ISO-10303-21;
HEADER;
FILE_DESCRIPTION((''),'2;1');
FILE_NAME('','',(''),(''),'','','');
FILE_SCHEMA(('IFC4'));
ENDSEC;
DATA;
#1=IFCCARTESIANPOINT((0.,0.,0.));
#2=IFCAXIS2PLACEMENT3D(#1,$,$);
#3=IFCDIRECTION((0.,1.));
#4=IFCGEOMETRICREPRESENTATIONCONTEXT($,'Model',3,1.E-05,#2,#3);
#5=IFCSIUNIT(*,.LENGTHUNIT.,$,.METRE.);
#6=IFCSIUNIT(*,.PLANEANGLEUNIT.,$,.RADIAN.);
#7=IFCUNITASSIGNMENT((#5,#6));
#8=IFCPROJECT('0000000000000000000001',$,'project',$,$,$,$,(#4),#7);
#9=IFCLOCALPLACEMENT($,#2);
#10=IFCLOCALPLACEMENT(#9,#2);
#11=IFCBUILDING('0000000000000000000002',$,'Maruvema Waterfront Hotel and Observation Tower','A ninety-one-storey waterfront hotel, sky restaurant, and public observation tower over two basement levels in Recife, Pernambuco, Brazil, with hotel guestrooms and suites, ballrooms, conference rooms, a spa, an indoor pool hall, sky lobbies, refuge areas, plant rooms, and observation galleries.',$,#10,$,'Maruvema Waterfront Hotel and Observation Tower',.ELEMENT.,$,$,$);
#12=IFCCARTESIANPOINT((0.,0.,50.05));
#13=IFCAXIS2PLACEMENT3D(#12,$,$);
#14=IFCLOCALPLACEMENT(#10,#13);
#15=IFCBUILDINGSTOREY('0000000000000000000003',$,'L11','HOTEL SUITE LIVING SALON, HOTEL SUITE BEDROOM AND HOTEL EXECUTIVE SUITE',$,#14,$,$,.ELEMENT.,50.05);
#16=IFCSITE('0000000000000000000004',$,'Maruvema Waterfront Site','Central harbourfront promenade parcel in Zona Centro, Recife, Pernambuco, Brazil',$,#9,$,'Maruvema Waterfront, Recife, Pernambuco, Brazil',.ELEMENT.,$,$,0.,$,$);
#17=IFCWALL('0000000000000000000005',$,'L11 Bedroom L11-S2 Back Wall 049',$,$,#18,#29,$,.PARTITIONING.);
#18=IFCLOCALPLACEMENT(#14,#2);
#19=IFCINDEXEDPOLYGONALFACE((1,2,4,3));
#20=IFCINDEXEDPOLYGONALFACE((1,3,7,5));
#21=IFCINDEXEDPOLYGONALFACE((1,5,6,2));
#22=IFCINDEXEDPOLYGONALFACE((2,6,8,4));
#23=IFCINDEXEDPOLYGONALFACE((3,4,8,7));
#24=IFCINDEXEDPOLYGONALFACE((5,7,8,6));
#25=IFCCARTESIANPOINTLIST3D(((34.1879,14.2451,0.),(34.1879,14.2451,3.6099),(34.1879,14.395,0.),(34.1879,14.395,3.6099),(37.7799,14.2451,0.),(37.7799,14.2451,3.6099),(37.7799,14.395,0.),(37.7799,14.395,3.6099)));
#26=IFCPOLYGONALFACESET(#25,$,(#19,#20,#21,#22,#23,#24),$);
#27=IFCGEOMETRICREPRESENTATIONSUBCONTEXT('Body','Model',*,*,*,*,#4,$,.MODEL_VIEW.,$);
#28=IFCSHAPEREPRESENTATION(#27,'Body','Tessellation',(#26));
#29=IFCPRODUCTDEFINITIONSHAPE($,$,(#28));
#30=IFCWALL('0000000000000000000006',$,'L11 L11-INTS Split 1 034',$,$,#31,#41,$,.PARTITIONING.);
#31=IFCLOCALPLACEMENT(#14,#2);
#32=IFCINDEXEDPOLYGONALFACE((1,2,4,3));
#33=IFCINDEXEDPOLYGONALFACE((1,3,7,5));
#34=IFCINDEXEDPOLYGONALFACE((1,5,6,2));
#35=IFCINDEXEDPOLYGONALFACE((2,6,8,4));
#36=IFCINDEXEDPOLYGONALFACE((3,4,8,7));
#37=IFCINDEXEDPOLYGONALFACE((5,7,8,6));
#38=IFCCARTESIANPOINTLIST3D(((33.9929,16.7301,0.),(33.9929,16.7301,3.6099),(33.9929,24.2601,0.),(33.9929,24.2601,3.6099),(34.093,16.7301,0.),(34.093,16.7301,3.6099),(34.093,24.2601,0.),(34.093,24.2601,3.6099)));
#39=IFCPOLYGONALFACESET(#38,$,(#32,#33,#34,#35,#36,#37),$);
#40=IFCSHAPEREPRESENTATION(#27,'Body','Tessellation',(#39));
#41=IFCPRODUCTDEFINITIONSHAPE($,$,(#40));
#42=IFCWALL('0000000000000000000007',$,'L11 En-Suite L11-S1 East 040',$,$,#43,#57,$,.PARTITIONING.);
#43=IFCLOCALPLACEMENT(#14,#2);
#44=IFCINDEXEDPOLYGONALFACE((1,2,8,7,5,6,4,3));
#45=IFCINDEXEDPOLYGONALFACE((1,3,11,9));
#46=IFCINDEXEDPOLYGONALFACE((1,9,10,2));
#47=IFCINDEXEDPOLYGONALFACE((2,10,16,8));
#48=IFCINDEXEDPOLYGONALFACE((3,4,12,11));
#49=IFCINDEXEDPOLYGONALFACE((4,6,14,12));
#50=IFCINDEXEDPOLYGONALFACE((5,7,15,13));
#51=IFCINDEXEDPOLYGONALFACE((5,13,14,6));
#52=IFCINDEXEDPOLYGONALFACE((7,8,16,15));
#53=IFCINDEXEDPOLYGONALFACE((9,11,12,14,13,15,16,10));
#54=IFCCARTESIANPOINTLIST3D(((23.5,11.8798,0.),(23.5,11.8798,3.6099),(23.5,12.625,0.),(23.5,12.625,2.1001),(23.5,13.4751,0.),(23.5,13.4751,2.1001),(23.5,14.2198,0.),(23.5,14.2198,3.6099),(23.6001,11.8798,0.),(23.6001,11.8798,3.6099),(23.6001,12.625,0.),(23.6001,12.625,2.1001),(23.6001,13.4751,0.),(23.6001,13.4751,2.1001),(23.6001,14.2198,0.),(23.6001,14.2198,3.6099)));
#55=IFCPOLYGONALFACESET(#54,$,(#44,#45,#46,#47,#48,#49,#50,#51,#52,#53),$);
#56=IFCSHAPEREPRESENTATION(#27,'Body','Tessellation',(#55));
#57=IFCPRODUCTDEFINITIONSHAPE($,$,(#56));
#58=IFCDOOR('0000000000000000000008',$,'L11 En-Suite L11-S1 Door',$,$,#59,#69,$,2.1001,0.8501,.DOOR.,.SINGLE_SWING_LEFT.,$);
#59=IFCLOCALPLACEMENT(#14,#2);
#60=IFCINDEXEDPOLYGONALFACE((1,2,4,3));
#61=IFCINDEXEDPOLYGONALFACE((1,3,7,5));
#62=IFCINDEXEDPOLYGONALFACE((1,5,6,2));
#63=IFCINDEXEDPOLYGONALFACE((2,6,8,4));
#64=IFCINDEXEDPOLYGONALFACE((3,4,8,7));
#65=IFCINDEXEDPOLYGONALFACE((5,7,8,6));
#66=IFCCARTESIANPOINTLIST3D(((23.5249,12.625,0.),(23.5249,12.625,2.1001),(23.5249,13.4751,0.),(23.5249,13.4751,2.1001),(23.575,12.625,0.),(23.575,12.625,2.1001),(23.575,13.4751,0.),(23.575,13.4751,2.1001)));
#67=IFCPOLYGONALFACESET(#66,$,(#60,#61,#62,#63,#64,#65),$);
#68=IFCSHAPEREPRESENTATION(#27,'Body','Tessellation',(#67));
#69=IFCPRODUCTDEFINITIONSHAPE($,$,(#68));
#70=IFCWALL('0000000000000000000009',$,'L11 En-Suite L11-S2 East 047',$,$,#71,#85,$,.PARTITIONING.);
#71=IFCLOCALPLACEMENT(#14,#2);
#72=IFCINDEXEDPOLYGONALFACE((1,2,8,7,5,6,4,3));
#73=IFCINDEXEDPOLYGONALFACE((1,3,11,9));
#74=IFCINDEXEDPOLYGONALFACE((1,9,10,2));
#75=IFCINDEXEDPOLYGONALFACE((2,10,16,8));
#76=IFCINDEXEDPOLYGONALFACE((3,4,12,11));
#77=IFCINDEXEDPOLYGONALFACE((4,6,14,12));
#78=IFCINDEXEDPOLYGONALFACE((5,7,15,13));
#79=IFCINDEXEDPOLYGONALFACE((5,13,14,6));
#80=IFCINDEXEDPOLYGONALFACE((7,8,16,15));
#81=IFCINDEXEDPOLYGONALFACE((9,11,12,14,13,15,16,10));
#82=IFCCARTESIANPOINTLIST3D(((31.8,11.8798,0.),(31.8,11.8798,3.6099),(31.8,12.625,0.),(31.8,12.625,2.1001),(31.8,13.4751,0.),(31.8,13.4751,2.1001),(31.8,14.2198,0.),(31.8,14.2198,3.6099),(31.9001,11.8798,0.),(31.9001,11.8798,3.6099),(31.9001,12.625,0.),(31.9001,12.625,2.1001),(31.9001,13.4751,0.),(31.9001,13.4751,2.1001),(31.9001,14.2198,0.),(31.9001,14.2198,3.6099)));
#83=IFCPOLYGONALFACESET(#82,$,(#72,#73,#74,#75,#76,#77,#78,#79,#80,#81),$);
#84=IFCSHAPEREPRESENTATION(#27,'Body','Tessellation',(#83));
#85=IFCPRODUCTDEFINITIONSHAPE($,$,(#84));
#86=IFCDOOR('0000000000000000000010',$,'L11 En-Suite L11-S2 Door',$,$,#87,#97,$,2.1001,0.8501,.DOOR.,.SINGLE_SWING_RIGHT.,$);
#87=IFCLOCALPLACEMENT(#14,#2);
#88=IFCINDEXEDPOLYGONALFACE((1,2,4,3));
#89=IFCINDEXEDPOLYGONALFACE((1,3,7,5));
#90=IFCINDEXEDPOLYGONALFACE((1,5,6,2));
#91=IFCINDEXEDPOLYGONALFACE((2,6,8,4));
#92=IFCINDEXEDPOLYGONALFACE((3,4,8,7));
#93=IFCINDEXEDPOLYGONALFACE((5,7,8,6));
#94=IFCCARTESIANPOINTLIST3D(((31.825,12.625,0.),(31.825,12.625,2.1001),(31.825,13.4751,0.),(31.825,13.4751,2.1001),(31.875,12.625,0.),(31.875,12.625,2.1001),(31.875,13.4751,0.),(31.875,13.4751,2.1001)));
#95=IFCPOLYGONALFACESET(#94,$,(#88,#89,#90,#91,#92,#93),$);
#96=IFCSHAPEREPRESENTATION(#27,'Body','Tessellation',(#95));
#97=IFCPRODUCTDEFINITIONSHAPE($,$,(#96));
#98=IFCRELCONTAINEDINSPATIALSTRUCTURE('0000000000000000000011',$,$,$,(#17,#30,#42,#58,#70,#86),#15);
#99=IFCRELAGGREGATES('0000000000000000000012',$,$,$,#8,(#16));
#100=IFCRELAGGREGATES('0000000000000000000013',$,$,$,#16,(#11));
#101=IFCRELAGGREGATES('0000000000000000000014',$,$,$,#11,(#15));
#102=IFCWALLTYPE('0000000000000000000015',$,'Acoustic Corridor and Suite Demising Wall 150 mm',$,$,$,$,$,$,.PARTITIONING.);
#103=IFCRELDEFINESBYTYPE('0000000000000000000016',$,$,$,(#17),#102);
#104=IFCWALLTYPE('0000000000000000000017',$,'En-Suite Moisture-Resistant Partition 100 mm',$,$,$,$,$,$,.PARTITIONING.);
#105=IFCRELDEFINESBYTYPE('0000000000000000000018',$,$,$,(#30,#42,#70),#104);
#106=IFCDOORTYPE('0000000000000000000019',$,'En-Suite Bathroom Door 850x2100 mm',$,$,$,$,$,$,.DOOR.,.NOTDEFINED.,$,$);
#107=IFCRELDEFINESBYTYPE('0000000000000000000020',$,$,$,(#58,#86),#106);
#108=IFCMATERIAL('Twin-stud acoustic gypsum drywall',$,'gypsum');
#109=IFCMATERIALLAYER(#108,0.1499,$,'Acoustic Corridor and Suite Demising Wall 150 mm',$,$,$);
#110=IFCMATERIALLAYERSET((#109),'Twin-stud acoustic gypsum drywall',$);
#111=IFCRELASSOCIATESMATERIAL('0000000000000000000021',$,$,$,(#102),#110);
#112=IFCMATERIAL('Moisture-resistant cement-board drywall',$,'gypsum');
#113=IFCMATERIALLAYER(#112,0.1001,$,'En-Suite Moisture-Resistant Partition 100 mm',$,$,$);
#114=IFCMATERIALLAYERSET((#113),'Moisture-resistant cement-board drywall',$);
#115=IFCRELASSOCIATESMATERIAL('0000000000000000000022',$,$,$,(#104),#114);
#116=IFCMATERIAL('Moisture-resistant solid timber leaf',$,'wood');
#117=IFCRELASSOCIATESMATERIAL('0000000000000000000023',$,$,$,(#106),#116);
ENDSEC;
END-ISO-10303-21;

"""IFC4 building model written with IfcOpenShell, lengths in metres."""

from ifc_helpers import new_model, si_unit, direction, frame, frame_2d, origin, place, context, subcontext, project, spatial, rectangle, extrude, material, layer, layer_set, type_object, element, fill, save


model = new_model("IFC4")

# Units and contexts
model_context = context("Model", 3, precision=1e-05, world=origin(), true_north=direction((0.0, 1.0)))
body_context = subcontext(model_context, "Body", "Model", "MODEL_VIEW")
ifc_project = project(units=[si_unit("LENGTHUNIT", "METRE"), si_unit("PLANEANGLEUNIT", "RADIAN")], contexts=[model_context])

# Site, building, storey
site_placement = place(None, origin())
site = spatial("IfcSite", under=ifc_project, at=site_placement, Name="Maruvema Waterfront Site", Description="Central harbourfront promenade parcel in Zona Centro, Recife, Pernambuco, Brazil", LongName="Maruvema Waterfront, Recife, Pernambuco, Brazil", CompositionType="ELEMENT", RefElevation=0.0)
building_placement = place(site_placement, origin())
building = spatial("IfcBuilding", under=site, at=building_placement, Name="Maruvema Waterfront Hotel and Observation Tower", Description="A ninety-one-storey waterfront hotel, sky restaurant, and public observation tower over two basement levels in Recife, Pernambuco, Brazil, with hotel guestrooms and suites, ballrooms, conference rooms, a spa, an indoor pool hall, sky lobbies, refuge areas, plant rooms, and observation galleries.", LongName="Maruvema Waterfront Hotel and Observation Tower", CompositionType="ELEMENT")
storey_placement = place(building_placement, frame((0.0, 0.0, 50.05)))
storey = spatial("IfcBuildingStorey", under=building, at=storey_placement, Name="L11", Description="HOTEL SUITE LIVING SALON, HOTEL SUITE BEDROOM AND HOTEL EXECUTIVE SUITE", CompositionType="ELEMENT", Elevation=50.05)

# Shared definitions
ifc_material_1 = material(Name="Twin-stud acoustic gypsum drywall", Category="gypsum")
ifc_layer_1 = layer(ifc_material_1, 0.1499, Name="Acoustic Corridor and Suite Demising Wall 150 mm")
ifc_layer_set_1 = layer_set([ifc_layer_1], Name="Twin-stud acoustic gypsum drywall")
wall_type_1 = type_object("IfcWallType", Name="Acoustic Corridor and Suite Demising Wall 150 mm", PredefinedType="PARTITIONING", material=ifc_layer_set_1)

# Walls
wall_1_placement = place(storey_placement, frame((34.188, 14.3201, 0.0), z_axis=(0.0, 0.0, 1.0), x_axis=(1.0, 0.0, 0.0)))
element("IfcWall", 1, at=wall_1_placement, inside=storey, type_object=wall_type_1, Name="L11 Bedroom L11-S2 Back Wall 049", PredefinedType="PARTITIONING", context=body_context, shape_type="SweptSolid", body=[
    extrude(rectangle(XDim=3.592, YDim=0.1499, at=frame_2d((1.7959, 0.0))), origin(), (0.0, 0.0, 1.0), 3.6099),
])
ifc_material_2 = material(Name="Moisture-resistant cement-board drywall", Category="gypsum")
ifc_layer_2 = layer(ifc_material_2, 0.1001, Name="En-Suite Moisture-Resistant Partition 100 mm")
ifc_layer_set_2 = layer_set([ifc_layer_2], Name="Moisture-resistant cement-board drywall")
wall_type_2 = type_object("IfcWallType", Name="En-Suite Moisture-Resistant Partition 100 mm", PredefinedType="PARTITIONING", material=ifc_layer_set_2)
wall_2_placement = place(storey_placement, frame((34.043, 16.73, 0.0), z_axis=(0.0, 0.0, 1.0), x_axis=(0.0, 1.0, 0.0)))
element("IfcWall", 2, at=wall_2_placement, inside=storey, type_object=wall_type_2, Name="L11 L11-INTS Split 1 034", PredefinedType="PARTITIONING", context=body_context, shape_type="SweptSolid", body=[
    extrude(rectangle(XDim=7.53, YDim=0.1001, at=frame_2d((3.7651, 0.0))), origin(), (0.0, 0.0, 1.0), 3.6099),
])

# Walls, openings, doors
wall_3_placement = place(storey_placement, frame((23.55, 11.8799, 0.0), z_axis=(0.0, 0.0, 1.0), x_axis=(0.0, 1.0, 0.0)))
wall_3 = element("IfcWall", 3, at=wall_3_placement, inside=storey, type_object=wall_type_2, Name="L11 En-Suite L11-S1 East 040", PredefinedType="PARTITIONING", context=body_context, shape_type="SweptSolid", body=[
    extrude(rectangle(XDim=2.3401, YDim=0.1001, at=frame_2d((1.1699, 0.0))), origin(), (0.0, 0.0, 1.0), 3.6099),
])
opening_1_placement = place(wall_3_placement, frame((0.7451, 0.0, 0.0)))
opening_1 = element("IfcOpeningElement", 4, at=opening_1_placement, cuts=wall_3, PredefinedType="OPENING", context=body_context, shape_type="SweptSolid", body=[
    extrude(rectangle(XDim=0.8501, YDim=2.1001, at=frame_2d((0.425, 1.05))), frame((0.0, 0.0601, 0.0), z_axis=(0.0, -1.0, 0.0), x_axis=(1.0, 0.0, 0.0)), (0.0, 0.0, 1.0), 0.1201),
])
ifc_material_3 = material(Name="Moisture-resistant solid timber leaf", Category="wood")
door_type_1 = type_object("IfcDoorType", Name="En-Suite Bathroom Door 850x2100 mm", OperationType="NOTDEFINED", PredefinedType="DOOR", material=ifc_material_3)
door_1_placement = place(opening_1_placement, frame((0.8501, 0.0, 0.0), z_axis=(0.0, 0.0, 1.0), x_axis=(-1.0, 0.0, 0.0)))
door_1 = element("IfcDoor", 5, at=door_1_placement, inside=storey, type_object=door_type_1, Name="L11 En-Suite L11-S1 Door", OperationType="SINGLE_SWING_LEFT", OverallHeight=2.1001, OverallWidth=0.8501, PredefinedType="DOOR", context=body_context, shape_type="SweptSolid", body=[
    extrude(rectangle(XDim=0.8501, YDim=2.1001, at=frame_2d((0.425, 1.05))), frame((0.0, 0.0249, 0.0), z_axis=(0.0, -1.0, 0.0), x_axis=(1.0, 0.0, 0.0)), (0.0, 0.0, 1.0), 0.05),
])
fill(opening_1, door_1)
wall_4_placement = place(storey_placement, frame((31.8501, 11.8799, 0.0), z_axis=(0.0, 0.0, 1.0), x_axis=(0.0, 1.0, 0.0)))
wall_4 = element("IfcWall", 6, at=wall_4_placement, inside=storey, type_object=wall_type_2, Name="L11 En-Suite L11-S2 East 047", PredefinedType="PARTITIONING", context=body_context, shape_type="SweptSolid", body=[
    extrude(rectangle(XDim=2.3401, YDim=0.1001, at=frame_2d((1.1699, 0.0))), origin(), (0.0, 0.0, 1.0), 3.6099),
])
opening_2_placement = place(wall_4_placement, frame((0.7451, 0.0, 0.0)))
opening_2 = element("IfcOpeningElement", 7, at=opening_2_placement, cuts=wall_4, PredefinedType="OPENING", context=body_context, shape_type="SweptSolid", body=[
    extrude(rectangle(XDim=0.8501, YDim=2.1001, at=frame_2d((0.425, 1.05))), frame((0.0, 0.0601, 0.0), z_axis=(0.0, -1.0, 0.0), x_axis=(1.0, 0.0, 0.0)), (0.0, 0.0, 1.0), 0.1201),
])
door_2_placement = place(opening_2_placement, frame((0.8501, 0.0, 0.0), z_axis=(0.0, 0.0, 1.0), x_axis=(-1.0, 0.0, 0.0)))
door_2 = element("IfcDoor", 8, at=door_2_placement, inside=storey, type_object=door_type_1, Name="L11 En-Suite L11-S2 Door", OperationType="SINGLE_SWING_RIGHT", OverallHeight=2.1001, OverallWidth=0.8501, PredefinedType="DOOR", context=body_context, shape_type="SweptSolid", body=[
    extrude(rectangle(XDim=0.8501, YDim=2.1001, at=frame_2d((0.425, 1.05))), frame((0.0, 0.0249, 0.0), z_axis=(0.0, -1.0, 0.0), x_axis=(1.0, 0.0, 0.0)), (0.0, 0.0, 1.0), 0.05),
])
fill(opening_2, door_2)

save(model, "model.ifc")
